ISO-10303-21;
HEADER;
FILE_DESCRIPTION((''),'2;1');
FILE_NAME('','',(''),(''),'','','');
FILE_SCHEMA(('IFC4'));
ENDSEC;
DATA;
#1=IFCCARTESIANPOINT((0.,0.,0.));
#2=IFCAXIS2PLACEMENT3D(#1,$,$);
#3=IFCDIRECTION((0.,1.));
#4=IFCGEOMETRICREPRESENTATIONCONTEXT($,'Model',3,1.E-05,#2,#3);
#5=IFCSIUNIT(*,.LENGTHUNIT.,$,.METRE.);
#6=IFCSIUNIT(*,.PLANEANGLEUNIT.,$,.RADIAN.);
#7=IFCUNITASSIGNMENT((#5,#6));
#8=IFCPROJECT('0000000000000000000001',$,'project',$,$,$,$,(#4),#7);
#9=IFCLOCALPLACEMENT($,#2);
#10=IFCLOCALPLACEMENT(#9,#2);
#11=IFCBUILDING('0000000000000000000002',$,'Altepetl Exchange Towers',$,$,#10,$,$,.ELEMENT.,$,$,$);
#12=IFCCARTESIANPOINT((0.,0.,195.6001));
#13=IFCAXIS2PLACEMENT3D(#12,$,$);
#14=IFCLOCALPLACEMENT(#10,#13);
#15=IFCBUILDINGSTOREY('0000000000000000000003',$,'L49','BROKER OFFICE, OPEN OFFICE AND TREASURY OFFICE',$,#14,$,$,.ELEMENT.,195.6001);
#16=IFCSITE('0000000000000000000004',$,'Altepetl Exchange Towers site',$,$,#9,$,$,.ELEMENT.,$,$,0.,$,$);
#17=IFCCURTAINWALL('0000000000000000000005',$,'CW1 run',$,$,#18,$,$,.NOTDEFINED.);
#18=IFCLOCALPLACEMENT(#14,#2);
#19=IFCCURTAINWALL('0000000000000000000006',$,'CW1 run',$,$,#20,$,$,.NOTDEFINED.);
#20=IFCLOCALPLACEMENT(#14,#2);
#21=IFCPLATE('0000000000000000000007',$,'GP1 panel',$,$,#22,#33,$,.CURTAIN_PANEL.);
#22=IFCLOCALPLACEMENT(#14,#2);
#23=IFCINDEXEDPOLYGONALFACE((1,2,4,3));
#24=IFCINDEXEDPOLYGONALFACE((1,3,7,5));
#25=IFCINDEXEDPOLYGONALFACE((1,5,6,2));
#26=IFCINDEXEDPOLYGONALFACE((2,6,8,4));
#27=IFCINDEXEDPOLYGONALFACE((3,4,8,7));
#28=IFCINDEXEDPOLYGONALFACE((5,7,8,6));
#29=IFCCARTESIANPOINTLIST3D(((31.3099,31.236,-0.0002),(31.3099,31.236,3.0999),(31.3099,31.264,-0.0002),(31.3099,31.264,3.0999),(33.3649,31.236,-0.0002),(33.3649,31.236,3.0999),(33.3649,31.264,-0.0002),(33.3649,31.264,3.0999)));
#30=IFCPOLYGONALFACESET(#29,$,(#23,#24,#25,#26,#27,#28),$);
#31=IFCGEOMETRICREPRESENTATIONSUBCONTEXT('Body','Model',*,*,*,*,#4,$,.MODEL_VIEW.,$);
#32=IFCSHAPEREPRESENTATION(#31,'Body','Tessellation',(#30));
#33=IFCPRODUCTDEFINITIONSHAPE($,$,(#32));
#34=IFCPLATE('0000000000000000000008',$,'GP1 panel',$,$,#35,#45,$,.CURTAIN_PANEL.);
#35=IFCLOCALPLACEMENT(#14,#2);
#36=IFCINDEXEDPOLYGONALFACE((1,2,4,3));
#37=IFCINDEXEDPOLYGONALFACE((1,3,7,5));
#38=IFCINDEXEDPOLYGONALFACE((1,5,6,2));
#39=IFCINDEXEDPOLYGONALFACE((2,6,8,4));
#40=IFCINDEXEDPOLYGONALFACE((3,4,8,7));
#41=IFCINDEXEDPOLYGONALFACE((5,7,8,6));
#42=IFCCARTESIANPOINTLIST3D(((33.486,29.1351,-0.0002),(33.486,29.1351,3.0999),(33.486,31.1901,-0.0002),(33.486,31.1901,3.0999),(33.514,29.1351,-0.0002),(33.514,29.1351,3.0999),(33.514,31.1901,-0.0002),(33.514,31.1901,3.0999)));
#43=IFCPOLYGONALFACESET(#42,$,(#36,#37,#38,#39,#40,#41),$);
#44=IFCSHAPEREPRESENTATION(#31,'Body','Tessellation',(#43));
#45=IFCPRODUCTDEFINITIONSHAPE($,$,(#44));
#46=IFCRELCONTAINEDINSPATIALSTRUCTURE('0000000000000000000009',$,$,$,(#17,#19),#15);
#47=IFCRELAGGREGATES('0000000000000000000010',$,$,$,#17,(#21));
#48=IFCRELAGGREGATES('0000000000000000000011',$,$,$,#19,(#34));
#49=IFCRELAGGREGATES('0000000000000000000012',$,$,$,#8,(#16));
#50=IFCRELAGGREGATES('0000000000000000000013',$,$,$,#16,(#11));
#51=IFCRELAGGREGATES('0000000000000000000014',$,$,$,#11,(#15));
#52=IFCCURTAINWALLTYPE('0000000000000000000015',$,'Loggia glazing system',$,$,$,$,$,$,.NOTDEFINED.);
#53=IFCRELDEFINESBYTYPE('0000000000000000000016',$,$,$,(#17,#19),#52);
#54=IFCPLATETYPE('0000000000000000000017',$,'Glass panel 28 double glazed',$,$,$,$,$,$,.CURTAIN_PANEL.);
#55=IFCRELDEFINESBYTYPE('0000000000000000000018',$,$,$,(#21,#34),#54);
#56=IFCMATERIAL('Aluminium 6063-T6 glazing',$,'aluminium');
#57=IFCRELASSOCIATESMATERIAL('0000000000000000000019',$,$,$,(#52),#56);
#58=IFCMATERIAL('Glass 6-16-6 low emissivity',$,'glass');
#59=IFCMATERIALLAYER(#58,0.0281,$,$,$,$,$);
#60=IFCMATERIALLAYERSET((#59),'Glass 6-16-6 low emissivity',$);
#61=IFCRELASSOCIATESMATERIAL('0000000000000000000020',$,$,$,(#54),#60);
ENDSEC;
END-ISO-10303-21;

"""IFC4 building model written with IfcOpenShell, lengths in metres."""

from ifc_helpers import new_model, si_unit, direction, frame, origin, origin_2d, place, context, subcontext, project, spatial, rectangle, extrude, material, layer, layer_set, type_object, element, aggregate, save


model = new_model("IFC4")

# Units and contexts
model_context = context("Model", 3, precision=1e-05, world=origin(), true_north=direction((0.0, 1.0)))
body_context = subcontext(model_context, "Body", "Model", "MODEL_VIEW")
ifc_project = project(units=[si_unit("LENGTHUNIT", "METRE"), si_unit("PLANEANGLEUNIT", "RADIAN")], contexts=[model_context])

# Site, building, storey
site_placement = place(None, origin())
site = spatial("IfcSite", under=ifc_project, at=site_placement, Name="Altepetl Exchange Towers site", CompositionType="ELEMENT", RefElevation=0.0)
building_placement = place(site_placement, origin())
building = spatial("IfcBuilding", under=site, at=building_placement, Name="Altepetl Exchange Towers", CompositionType="ELEMENT")
storey_placement = place(building_placement, frame((0.0, 0.0, 195.6001)))
storey = spatial("IfcBuildingStorey", under=building, at=storey_placement, Name="L49", Description="BROKER OFFICE, OPEN OFFICE AND TREASURY OFFICE", CompositionType="ELEMENT", Elevation=195.6001)

# Curtain walls
ifc_material_1 = material(Name="Aluminium 6063-T6 glazing", Category="aluminium")
curtain_wall_type = type_object("IfcCurtainWallType", Name="Loggia glazing system", PredefinedType="NOTDEFINED", material=ifc_material_1)
curtain_wall_1_placement = place(storey_placement, origin())
curtain_wall_1 = element("IfcCurtainWall", 1, at=curtain_wall_1_placement, inside=storey, type_object=curtain_wall_type, Name="CW1 run", PredefinedType="NOTDEFINED")
curtain_wall_2_placement = place(storey_placement, origin())
curtain_wall_2 = element("IfcCurtainWall", 2, at=curtain_wall_2_placement, inside=storey, type_object=curtain_wall_type, Name="CW1 run", PredefinedType="NOTDEFINED")

# Plates
ifc_material_2 = material(Name="Glass 6-16-6 low emissivity", Category="glass")
ifc_layer = layer(ifc_material_2, 0.0281)
ifc_layer_set = layer_set([ifc_layer], Name="Glass 6-16-6 low emissivity")
plate_type = type_object("IfcPlateType", Name="Glass panel 28 double glazed", PredefinedType="CURTAIN_PANEL", material=ifc_layer_set)
plate_1_placement = place(storey_placement, frame((32.3374, 31.25, -0.0002)))
plate_1 = element("IfcPlate", 3, at=plate_1_placement, type_object=plate_type, Name="GP1 panel", PredefinedType="CURTAIN_PANEL", context=body_context, shape_type="SweptSolid", body=[
    extrude(rectangle(XDim=2.0549, YDim=0.0281, at=origin_2d()), origin(), (0.0, 0.0, 1.0), 3.1001),
])
aggregate(curtain_wall_1, [plate_1])
plate_2_placement = place(storey_placement, frame((33.5, 30.1626, -0.0002), z_axis=(0.0, 0.0, 1.0), x_axis=(0.0, -1.0, 0.0)))
plate_2 = element("IfcPlate", 4, at=plate_2_placement, type_object=plate_type, Name="GP1 panel", PredefinedType="CURTAIN_PANEL", context=body_context, shape_type="SweptSolid", body=[
    extrude(rectangle(XDim=2.0549, YDim=0.0281, at=origin_2d()), origin(), (0.0, 0.0, 1.0), 3.1001),
])
aggregate(curtain_wall_2, [plate_2])

save(model, "model.ifc")
